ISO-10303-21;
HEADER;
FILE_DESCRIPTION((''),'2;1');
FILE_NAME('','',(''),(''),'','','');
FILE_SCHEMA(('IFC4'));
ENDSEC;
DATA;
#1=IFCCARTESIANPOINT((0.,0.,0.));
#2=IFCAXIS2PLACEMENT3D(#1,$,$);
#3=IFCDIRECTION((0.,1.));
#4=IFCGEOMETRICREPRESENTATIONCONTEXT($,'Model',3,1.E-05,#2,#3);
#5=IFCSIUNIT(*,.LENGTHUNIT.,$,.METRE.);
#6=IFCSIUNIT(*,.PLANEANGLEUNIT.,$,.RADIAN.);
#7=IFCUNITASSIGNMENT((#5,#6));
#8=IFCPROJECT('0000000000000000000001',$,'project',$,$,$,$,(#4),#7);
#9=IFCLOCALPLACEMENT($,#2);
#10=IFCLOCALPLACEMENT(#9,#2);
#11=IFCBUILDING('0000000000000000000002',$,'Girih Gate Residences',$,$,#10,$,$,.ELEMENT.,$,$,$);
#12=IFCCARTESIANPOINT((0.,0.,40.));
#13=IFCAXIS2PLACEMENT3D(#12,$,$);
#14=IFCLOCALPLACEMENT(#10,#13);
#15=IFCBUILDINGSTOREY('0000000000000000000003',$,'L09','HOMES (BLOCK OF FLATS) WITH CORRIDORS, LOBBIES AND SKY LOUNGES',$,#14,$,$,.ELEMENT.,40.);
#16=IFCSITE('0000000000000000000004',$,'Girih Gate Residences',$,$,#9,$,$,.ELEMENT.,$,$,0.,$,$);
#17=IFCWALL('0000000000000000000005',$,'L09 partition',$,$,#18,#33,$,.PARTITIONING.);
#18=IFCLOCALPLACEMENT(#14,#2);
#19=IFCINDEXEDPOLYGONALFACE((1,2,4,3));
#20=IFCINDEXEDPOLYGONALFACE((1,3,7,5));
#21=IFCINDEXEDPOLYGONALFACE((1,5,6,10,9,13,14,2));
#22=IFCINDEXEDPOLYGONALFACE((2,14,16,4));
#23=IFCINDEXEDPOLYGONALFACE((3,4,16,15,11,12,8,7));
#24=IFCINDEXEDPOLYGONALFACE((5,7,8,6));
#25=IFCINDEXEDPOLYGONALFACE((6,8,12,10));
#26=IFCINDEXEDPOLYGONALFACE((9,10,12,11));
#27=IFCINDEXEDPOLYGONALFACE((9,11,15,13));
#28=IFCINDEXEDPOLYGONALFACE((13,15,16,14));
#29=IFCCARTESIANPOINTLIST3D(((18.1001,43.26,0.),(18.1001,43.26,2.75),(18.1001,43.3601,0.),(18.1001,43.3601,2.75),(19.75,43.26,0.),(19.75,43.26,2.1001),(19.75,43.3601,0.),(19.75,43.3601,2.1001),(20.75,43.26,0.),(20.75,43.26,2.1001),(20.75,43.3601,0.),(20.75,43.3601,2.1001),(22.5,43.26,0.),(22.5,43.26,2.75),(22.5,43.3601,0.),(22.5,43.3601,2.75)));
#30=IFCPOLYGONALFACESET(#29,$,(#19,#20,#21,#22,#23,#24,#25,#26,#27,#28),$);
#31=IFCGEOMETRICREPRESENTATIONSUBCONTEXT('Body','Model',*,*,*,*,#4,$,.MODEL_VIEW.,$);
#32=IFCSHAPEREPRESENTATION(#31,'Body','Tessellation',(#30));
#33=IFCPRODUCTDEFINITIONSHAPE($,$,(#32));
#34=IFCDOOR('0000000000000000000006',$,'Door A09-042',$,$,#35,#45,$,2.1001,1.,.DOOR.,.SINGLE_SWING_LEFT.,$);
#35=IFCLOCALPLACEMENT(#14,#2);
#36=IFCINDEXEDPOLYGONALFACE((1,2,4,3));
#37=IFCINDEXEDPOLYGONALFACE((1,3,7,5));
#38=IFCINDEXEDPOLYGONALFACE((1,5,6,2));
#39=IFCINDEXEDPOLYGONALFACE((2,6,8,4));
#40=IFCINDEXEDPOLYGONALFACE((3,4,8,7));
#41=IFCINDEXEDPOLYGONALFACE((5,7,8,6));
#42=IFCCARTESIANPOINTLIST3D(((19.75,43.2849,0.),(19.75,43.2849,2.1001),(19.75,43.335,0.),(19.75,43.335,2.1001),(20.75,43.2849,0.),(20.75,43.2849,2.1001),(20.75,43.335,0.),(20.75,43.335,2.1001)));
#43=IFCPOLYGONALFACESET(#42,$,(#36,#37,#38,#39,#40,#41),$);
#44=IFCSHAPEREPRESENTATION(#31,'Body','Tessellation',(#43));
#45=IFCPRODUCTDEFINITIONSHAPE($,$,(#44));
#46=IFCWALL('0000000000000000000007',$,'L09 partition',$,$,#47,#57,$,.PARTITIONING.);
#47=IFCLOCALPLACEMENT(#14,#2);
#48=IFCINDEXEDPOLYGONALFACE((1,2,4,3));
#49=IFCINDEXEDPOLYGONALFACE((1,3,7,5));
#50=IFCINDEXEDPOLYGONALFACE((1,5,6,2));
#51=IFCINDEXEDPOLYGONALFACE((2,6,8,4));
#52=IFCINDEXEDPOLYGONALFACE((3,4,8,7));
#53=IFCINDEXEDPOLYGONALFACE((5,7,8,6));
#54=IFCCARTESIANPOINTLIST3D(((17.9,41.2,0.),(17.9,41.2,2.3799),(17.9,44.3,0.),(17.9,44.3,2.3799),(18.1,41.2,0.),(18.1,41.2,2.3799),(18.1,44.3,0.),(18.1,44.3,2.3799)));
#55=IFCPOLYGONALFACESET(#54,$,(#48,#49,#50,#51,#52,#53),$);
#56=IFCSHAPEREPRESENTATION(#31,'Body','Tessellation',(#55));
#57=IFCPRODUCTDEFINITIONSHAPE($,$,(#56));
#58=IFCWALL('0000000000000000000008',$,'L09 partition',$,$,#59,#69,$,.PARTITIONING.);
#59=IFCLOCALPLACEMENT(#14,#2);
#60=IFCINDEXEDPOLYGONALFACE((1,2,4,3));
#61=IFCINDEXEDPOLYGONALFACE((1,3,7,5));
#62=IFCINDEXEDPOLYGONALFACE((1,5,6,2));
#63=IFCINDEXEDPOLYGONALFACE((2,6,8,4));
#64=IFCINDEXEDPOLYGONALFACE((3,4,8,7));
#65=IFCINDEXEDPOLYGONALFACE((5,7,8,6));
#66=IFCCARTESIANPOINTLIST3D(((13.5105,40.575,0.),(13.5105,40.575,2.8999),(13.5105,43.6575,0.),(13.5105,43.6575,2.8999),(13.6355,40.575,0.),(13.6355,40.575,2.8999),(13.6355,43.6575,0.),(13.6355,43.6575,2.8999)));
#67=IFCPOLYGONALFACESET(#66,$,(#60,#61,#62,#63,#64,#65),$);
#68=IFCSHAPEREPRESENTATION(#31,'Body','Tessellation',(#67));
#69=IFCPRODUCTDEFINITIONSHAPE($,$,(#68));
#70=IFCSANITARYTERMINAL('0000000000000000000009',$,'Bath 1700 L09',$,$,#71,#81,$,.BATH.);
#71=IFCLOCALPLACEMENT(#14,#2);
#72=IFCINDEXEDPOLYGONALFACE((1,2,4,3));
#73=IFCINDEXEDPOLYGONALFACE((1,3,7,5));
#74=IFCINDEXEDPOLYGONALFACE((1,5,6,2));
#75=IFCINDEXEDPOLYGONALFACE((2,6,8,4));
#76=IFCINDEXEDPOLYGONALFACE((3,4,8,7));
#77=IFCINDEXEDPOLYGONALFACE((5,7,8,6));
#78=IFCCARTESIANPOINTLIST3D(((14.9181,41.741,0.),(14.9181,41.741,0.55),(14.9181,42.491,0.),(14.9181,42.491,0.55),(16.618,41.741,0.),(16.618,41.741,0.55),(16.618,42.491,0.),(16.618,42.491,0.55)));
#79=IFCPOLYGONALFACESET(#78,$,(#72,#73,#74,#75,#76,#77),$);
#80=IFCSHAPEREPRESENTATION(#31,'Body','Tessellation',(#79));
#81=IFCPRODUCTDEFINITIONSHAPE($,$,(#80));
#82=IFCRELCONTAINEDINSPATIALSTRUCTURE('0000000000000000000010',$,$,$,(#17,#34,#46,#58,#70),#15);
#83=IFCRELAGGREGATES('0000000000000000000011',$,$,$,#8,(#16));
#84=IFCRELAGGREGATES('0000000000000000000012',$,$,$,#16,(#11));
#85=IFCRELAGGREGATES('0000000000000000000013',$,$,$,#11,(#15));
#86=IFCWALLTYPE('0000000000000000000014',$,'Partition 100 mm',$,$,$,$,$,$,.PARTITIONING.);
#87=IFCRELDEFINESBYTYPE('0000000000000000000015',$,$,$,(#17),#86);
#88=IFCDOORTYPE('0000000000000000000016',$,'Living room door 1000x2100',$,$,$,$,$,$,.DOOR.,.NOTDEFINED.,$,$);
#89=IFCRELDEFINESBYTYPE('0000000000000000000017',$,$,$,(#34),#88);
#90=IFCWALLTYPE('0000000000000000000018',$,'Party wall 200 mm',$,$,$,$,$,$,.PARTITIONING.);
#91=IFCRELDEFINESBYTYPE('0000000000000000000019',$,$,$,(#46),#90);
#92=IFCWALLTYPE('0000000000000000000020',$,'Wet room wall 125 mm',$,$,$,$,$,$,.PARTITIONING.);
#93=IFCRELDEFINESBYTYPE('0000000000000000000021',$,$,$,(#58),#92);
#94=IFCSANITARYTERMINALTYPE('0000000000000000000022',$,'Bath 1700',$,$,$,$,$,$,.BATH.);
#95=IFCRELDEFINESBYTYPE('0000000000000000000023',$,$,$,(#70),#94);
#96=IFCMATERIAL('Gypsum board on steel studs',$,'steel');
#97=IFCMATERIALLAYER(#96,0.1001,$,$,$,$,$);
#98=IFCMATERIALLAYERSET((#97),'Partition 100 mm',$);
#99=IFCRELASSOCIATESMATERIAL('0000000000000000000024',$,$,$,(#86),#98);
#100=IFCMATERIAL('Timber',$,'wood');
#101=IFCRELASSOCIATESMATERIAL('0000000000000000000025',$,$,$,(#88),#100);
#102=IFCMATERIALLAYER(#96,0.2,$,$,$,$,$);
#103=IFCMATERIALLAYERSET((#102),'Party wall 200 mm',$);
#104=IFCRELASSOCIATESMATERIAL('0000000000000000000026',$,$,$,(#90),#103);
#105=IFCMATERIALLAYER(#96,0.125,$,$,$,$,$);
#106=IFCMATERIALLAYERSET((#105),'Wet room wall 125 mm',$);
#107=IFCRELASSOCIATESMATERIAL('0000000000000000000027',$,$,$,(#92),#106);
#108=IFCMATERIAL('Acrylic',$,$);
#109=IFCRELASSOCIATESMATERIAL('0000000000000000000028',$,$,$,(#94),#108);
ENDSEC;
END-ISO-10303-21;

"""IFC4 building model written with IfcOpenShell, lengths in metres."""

from ifc_helpers import new_model, si_unit, direction, frame, frame_2d, origin, origin_2d, place, context, subcontext, project, spatial, rectangle, extrude, material, layer, layer_set, type_object, element, fill, save


model = new_model("IFC4")

# Units and contexts
model_context = context("Model", 3, precision=1e-05, world=origin(), true_north=direction((0.0, 1.0)))
body_context = subcontext(model_context, "Body", "Model", "MODEL_VIEW")
ifc_project = project(units=[si_unit("LENGTHUNIT", "METRE"), si_unit("PLANEANGLEUNIT", "RADIAN")], contexts=[model_context])

# Site, building, storey
site_placement = place(None, origin())
site = spatial("IfcSite", under=ifc_project, at=site_placement, Name="Girih Gate Residences", CompositionType="ELEMENT", RefElevation=0.0)
building_placement = place(site_placement, origin())
building = spatial("IfcBuilding", under=site, at=building_placement, Name="Girih Gate Residences", CompositionType="ELEMENT")
storey_placement = place(building_placement, frame((0.0, 0.0, 40.0)))
storey = spatial("IfcBuildingStorey", under=building, at=storey_placement, Name="L09", Description="HOMES (BLOCK OF FLATS) WITH CORRIDORS, LOBBIES AND SKY LOUNGES", CompositionType="ELEMENT", Elevation=40.0)

# Shared definitions
ifc_material_1 = material(Name="Gypsum board on steel studs", Category="steel")

# Shared definitions
ifc_layer_1 = layer(ifc_material_1, 0.1001)
ifc_layer_set_1 = layer_set([ifc_layer_1], Name="Partition 100 mm")
wall_type_1 = type_object("IfcWallType", Name="Partition 100 mm", PredefinedType="PARTITIONING", material=ifc_layer_set_1)
ifc_material_2 = material(Name="Timber", Category="wood")

# Wall, opening, door
wall_1_placement = place(storey_placement, frame((18.1001, 43.3101, 0.0), z_axis=(0.0, 0.0, 1.0), x_axis=(1.0, 0.0, 0.0)))
wall_1 = element("IfcWall", 1, at=wall_1_placement, inside=storey, type_object=wall_type_1, Name="L09 partition", PredefinedType="PARTITIONING", context=body_context, shape_type="SweptSolid", body=[
    extrude(rectangle(XDim=4.3999, YDim=0.1001, at=frame_2d((2.2, 0.0))), origin(), (0.0, 0.0, 1.0), 2.75),
])
opening_1_placement = place(wall_1_placement, frame((1.6499, 0.0, 0.0)))
opening_1 = element("IfcOpeningElement", 2, at=opening_1_placement, cuts=wall_1, PredefinedType="OPENING", context=body_context, shape_type="SweptSolid", body=[
    extrude(rectangle(XDim=1.0, YDim=2.1001, at=frame_2d((0.5, 1.05))), frame((0.0, 0.0601, 0.0), z_axis=(0.0, -1.0, 0.0), x_axis=(1.0, 0.0, 0.0)), (0.0, 0.0, 1.0), 0.1201),
])
door_type_1 = type_object("IfcDoorType", Name="Living room door 1000x2100", OperationType="NOTDEFINED", PredefinedType="DOOR", material=ifc_material_2)
door_1_placement = place(opening_1_placement, origin())
door_1 = element("IfcDoor", 3, at=door_1_placement, inside=storey, type_object=door_type_1, Name="Door A09-042", OperationType="SINGLE_SWING_LEFT", OverallHeight=2.1001, OverallWidth=1.0, PredefinedType="DOOR", context=body_context, shape_type="SweptSolid", body=[
    extrude(rectangle(XDim=1.0, YDim=2.1001, at=frame_2d((0.5, 1.05))), frame((0.0, 0.0249, 0.0), z_axis=(0.0, -1.0, 0.0), x_axis=(1.0, 0.0, 0.0)), (0.0, 0.0, 1.0), 0.05),
])
fill(opening_1, door_1)

# Walls
ifc_layer_2 = layer(ifc_material_1, 0.2)
ifc_layer_set_2 = layer_set([ifc_layer_2], Name="Party wall 200 mm")
wall_type_2 = type_object("IfcWallType", Name="Party wall 200 mm", PredefinedType="PARTITIONING", material=ifc_layer_set_2)
wall_2_placement = place(storey_placement, frame((18.0, 41.2, 0.0), z_axis=(0.0, 0.0, 1.0), x_axis=(0.0, 1.0, 0.0)))
element("IfcWall", 4, at=wall_2_placement, inside=storey, type_object=wall_type_2, Name="L09 partition", PredefinedType="PARTITIONING", context=body_context, shape_type="SweptSolid", body=[
    extrude(rectangle(XDim=3.1001, YDim=0.2, at=frame_2d((1.55, 0.0))), origin(), (0.0, 0.0, 1.0), 2.3799),
])
ifc_layer_3 = layer(ifc_material_1, 0.125)
ifc_layer_set_3 = layer_set([ifc_layer_3], Name="Wet room wall 125 mm")
wall_type_3 = type_object("IfcWallType", Name="Wet room wall 125 mm", PredefinedType="PARTITIONING", material=ifc_layer_set_3)
wall_3_placement = place(storey_placement, frame((13.573, 40.575, 0.0), z_axis=(0.0, 0.0, 1.0), x_axis=(0.0, 1.0, 0.0)))
element("IfcWall", 5, at=wall_3_placement, inside=storey, type_object=wall_type_3, Name="L09 partition", PredefinedType="PARTITIONING", context=body_context, shape_type="SweptSolid", body=[
    extrude(rectangle(XDim=3.0825, YDim=0.125, at=frame_2d((1.5413, 0.0))), origin(), (0.0, 0.0, 1.0), 2.8999),
])

# Sanitary terminal
ifc_material_3 = material(Name="Acrylic")
sanitary_terminal_type = type_object("IfcSanitaryTerminalType", Name="Bath 1700", PredefinedType="BATH", material=ifc_material_3)
sanitary_terminal_placement = place(storey_placement, frame((15.7681, 42.116, 0.0), z_axis=(0.0, 0.0, 1.0), x_axis=(1.0, 0.0, 0.0)))
element("IfcSanitaryTerminal", 6, at=sanitary_terminal_placement, inside=storey, type_object=sanitary_terminal_type, Name="Bath 1700 L09", PredefinedType="BATH", context=body_context, shape_type="SweptSolid", body=[
    extrude(rectangle(XDim=1.7, YDim=0.75, at=origin_2d()), origin(), (0.0, 0.0, 1.0), 0.55),
])

save(model, "model.ifc")
